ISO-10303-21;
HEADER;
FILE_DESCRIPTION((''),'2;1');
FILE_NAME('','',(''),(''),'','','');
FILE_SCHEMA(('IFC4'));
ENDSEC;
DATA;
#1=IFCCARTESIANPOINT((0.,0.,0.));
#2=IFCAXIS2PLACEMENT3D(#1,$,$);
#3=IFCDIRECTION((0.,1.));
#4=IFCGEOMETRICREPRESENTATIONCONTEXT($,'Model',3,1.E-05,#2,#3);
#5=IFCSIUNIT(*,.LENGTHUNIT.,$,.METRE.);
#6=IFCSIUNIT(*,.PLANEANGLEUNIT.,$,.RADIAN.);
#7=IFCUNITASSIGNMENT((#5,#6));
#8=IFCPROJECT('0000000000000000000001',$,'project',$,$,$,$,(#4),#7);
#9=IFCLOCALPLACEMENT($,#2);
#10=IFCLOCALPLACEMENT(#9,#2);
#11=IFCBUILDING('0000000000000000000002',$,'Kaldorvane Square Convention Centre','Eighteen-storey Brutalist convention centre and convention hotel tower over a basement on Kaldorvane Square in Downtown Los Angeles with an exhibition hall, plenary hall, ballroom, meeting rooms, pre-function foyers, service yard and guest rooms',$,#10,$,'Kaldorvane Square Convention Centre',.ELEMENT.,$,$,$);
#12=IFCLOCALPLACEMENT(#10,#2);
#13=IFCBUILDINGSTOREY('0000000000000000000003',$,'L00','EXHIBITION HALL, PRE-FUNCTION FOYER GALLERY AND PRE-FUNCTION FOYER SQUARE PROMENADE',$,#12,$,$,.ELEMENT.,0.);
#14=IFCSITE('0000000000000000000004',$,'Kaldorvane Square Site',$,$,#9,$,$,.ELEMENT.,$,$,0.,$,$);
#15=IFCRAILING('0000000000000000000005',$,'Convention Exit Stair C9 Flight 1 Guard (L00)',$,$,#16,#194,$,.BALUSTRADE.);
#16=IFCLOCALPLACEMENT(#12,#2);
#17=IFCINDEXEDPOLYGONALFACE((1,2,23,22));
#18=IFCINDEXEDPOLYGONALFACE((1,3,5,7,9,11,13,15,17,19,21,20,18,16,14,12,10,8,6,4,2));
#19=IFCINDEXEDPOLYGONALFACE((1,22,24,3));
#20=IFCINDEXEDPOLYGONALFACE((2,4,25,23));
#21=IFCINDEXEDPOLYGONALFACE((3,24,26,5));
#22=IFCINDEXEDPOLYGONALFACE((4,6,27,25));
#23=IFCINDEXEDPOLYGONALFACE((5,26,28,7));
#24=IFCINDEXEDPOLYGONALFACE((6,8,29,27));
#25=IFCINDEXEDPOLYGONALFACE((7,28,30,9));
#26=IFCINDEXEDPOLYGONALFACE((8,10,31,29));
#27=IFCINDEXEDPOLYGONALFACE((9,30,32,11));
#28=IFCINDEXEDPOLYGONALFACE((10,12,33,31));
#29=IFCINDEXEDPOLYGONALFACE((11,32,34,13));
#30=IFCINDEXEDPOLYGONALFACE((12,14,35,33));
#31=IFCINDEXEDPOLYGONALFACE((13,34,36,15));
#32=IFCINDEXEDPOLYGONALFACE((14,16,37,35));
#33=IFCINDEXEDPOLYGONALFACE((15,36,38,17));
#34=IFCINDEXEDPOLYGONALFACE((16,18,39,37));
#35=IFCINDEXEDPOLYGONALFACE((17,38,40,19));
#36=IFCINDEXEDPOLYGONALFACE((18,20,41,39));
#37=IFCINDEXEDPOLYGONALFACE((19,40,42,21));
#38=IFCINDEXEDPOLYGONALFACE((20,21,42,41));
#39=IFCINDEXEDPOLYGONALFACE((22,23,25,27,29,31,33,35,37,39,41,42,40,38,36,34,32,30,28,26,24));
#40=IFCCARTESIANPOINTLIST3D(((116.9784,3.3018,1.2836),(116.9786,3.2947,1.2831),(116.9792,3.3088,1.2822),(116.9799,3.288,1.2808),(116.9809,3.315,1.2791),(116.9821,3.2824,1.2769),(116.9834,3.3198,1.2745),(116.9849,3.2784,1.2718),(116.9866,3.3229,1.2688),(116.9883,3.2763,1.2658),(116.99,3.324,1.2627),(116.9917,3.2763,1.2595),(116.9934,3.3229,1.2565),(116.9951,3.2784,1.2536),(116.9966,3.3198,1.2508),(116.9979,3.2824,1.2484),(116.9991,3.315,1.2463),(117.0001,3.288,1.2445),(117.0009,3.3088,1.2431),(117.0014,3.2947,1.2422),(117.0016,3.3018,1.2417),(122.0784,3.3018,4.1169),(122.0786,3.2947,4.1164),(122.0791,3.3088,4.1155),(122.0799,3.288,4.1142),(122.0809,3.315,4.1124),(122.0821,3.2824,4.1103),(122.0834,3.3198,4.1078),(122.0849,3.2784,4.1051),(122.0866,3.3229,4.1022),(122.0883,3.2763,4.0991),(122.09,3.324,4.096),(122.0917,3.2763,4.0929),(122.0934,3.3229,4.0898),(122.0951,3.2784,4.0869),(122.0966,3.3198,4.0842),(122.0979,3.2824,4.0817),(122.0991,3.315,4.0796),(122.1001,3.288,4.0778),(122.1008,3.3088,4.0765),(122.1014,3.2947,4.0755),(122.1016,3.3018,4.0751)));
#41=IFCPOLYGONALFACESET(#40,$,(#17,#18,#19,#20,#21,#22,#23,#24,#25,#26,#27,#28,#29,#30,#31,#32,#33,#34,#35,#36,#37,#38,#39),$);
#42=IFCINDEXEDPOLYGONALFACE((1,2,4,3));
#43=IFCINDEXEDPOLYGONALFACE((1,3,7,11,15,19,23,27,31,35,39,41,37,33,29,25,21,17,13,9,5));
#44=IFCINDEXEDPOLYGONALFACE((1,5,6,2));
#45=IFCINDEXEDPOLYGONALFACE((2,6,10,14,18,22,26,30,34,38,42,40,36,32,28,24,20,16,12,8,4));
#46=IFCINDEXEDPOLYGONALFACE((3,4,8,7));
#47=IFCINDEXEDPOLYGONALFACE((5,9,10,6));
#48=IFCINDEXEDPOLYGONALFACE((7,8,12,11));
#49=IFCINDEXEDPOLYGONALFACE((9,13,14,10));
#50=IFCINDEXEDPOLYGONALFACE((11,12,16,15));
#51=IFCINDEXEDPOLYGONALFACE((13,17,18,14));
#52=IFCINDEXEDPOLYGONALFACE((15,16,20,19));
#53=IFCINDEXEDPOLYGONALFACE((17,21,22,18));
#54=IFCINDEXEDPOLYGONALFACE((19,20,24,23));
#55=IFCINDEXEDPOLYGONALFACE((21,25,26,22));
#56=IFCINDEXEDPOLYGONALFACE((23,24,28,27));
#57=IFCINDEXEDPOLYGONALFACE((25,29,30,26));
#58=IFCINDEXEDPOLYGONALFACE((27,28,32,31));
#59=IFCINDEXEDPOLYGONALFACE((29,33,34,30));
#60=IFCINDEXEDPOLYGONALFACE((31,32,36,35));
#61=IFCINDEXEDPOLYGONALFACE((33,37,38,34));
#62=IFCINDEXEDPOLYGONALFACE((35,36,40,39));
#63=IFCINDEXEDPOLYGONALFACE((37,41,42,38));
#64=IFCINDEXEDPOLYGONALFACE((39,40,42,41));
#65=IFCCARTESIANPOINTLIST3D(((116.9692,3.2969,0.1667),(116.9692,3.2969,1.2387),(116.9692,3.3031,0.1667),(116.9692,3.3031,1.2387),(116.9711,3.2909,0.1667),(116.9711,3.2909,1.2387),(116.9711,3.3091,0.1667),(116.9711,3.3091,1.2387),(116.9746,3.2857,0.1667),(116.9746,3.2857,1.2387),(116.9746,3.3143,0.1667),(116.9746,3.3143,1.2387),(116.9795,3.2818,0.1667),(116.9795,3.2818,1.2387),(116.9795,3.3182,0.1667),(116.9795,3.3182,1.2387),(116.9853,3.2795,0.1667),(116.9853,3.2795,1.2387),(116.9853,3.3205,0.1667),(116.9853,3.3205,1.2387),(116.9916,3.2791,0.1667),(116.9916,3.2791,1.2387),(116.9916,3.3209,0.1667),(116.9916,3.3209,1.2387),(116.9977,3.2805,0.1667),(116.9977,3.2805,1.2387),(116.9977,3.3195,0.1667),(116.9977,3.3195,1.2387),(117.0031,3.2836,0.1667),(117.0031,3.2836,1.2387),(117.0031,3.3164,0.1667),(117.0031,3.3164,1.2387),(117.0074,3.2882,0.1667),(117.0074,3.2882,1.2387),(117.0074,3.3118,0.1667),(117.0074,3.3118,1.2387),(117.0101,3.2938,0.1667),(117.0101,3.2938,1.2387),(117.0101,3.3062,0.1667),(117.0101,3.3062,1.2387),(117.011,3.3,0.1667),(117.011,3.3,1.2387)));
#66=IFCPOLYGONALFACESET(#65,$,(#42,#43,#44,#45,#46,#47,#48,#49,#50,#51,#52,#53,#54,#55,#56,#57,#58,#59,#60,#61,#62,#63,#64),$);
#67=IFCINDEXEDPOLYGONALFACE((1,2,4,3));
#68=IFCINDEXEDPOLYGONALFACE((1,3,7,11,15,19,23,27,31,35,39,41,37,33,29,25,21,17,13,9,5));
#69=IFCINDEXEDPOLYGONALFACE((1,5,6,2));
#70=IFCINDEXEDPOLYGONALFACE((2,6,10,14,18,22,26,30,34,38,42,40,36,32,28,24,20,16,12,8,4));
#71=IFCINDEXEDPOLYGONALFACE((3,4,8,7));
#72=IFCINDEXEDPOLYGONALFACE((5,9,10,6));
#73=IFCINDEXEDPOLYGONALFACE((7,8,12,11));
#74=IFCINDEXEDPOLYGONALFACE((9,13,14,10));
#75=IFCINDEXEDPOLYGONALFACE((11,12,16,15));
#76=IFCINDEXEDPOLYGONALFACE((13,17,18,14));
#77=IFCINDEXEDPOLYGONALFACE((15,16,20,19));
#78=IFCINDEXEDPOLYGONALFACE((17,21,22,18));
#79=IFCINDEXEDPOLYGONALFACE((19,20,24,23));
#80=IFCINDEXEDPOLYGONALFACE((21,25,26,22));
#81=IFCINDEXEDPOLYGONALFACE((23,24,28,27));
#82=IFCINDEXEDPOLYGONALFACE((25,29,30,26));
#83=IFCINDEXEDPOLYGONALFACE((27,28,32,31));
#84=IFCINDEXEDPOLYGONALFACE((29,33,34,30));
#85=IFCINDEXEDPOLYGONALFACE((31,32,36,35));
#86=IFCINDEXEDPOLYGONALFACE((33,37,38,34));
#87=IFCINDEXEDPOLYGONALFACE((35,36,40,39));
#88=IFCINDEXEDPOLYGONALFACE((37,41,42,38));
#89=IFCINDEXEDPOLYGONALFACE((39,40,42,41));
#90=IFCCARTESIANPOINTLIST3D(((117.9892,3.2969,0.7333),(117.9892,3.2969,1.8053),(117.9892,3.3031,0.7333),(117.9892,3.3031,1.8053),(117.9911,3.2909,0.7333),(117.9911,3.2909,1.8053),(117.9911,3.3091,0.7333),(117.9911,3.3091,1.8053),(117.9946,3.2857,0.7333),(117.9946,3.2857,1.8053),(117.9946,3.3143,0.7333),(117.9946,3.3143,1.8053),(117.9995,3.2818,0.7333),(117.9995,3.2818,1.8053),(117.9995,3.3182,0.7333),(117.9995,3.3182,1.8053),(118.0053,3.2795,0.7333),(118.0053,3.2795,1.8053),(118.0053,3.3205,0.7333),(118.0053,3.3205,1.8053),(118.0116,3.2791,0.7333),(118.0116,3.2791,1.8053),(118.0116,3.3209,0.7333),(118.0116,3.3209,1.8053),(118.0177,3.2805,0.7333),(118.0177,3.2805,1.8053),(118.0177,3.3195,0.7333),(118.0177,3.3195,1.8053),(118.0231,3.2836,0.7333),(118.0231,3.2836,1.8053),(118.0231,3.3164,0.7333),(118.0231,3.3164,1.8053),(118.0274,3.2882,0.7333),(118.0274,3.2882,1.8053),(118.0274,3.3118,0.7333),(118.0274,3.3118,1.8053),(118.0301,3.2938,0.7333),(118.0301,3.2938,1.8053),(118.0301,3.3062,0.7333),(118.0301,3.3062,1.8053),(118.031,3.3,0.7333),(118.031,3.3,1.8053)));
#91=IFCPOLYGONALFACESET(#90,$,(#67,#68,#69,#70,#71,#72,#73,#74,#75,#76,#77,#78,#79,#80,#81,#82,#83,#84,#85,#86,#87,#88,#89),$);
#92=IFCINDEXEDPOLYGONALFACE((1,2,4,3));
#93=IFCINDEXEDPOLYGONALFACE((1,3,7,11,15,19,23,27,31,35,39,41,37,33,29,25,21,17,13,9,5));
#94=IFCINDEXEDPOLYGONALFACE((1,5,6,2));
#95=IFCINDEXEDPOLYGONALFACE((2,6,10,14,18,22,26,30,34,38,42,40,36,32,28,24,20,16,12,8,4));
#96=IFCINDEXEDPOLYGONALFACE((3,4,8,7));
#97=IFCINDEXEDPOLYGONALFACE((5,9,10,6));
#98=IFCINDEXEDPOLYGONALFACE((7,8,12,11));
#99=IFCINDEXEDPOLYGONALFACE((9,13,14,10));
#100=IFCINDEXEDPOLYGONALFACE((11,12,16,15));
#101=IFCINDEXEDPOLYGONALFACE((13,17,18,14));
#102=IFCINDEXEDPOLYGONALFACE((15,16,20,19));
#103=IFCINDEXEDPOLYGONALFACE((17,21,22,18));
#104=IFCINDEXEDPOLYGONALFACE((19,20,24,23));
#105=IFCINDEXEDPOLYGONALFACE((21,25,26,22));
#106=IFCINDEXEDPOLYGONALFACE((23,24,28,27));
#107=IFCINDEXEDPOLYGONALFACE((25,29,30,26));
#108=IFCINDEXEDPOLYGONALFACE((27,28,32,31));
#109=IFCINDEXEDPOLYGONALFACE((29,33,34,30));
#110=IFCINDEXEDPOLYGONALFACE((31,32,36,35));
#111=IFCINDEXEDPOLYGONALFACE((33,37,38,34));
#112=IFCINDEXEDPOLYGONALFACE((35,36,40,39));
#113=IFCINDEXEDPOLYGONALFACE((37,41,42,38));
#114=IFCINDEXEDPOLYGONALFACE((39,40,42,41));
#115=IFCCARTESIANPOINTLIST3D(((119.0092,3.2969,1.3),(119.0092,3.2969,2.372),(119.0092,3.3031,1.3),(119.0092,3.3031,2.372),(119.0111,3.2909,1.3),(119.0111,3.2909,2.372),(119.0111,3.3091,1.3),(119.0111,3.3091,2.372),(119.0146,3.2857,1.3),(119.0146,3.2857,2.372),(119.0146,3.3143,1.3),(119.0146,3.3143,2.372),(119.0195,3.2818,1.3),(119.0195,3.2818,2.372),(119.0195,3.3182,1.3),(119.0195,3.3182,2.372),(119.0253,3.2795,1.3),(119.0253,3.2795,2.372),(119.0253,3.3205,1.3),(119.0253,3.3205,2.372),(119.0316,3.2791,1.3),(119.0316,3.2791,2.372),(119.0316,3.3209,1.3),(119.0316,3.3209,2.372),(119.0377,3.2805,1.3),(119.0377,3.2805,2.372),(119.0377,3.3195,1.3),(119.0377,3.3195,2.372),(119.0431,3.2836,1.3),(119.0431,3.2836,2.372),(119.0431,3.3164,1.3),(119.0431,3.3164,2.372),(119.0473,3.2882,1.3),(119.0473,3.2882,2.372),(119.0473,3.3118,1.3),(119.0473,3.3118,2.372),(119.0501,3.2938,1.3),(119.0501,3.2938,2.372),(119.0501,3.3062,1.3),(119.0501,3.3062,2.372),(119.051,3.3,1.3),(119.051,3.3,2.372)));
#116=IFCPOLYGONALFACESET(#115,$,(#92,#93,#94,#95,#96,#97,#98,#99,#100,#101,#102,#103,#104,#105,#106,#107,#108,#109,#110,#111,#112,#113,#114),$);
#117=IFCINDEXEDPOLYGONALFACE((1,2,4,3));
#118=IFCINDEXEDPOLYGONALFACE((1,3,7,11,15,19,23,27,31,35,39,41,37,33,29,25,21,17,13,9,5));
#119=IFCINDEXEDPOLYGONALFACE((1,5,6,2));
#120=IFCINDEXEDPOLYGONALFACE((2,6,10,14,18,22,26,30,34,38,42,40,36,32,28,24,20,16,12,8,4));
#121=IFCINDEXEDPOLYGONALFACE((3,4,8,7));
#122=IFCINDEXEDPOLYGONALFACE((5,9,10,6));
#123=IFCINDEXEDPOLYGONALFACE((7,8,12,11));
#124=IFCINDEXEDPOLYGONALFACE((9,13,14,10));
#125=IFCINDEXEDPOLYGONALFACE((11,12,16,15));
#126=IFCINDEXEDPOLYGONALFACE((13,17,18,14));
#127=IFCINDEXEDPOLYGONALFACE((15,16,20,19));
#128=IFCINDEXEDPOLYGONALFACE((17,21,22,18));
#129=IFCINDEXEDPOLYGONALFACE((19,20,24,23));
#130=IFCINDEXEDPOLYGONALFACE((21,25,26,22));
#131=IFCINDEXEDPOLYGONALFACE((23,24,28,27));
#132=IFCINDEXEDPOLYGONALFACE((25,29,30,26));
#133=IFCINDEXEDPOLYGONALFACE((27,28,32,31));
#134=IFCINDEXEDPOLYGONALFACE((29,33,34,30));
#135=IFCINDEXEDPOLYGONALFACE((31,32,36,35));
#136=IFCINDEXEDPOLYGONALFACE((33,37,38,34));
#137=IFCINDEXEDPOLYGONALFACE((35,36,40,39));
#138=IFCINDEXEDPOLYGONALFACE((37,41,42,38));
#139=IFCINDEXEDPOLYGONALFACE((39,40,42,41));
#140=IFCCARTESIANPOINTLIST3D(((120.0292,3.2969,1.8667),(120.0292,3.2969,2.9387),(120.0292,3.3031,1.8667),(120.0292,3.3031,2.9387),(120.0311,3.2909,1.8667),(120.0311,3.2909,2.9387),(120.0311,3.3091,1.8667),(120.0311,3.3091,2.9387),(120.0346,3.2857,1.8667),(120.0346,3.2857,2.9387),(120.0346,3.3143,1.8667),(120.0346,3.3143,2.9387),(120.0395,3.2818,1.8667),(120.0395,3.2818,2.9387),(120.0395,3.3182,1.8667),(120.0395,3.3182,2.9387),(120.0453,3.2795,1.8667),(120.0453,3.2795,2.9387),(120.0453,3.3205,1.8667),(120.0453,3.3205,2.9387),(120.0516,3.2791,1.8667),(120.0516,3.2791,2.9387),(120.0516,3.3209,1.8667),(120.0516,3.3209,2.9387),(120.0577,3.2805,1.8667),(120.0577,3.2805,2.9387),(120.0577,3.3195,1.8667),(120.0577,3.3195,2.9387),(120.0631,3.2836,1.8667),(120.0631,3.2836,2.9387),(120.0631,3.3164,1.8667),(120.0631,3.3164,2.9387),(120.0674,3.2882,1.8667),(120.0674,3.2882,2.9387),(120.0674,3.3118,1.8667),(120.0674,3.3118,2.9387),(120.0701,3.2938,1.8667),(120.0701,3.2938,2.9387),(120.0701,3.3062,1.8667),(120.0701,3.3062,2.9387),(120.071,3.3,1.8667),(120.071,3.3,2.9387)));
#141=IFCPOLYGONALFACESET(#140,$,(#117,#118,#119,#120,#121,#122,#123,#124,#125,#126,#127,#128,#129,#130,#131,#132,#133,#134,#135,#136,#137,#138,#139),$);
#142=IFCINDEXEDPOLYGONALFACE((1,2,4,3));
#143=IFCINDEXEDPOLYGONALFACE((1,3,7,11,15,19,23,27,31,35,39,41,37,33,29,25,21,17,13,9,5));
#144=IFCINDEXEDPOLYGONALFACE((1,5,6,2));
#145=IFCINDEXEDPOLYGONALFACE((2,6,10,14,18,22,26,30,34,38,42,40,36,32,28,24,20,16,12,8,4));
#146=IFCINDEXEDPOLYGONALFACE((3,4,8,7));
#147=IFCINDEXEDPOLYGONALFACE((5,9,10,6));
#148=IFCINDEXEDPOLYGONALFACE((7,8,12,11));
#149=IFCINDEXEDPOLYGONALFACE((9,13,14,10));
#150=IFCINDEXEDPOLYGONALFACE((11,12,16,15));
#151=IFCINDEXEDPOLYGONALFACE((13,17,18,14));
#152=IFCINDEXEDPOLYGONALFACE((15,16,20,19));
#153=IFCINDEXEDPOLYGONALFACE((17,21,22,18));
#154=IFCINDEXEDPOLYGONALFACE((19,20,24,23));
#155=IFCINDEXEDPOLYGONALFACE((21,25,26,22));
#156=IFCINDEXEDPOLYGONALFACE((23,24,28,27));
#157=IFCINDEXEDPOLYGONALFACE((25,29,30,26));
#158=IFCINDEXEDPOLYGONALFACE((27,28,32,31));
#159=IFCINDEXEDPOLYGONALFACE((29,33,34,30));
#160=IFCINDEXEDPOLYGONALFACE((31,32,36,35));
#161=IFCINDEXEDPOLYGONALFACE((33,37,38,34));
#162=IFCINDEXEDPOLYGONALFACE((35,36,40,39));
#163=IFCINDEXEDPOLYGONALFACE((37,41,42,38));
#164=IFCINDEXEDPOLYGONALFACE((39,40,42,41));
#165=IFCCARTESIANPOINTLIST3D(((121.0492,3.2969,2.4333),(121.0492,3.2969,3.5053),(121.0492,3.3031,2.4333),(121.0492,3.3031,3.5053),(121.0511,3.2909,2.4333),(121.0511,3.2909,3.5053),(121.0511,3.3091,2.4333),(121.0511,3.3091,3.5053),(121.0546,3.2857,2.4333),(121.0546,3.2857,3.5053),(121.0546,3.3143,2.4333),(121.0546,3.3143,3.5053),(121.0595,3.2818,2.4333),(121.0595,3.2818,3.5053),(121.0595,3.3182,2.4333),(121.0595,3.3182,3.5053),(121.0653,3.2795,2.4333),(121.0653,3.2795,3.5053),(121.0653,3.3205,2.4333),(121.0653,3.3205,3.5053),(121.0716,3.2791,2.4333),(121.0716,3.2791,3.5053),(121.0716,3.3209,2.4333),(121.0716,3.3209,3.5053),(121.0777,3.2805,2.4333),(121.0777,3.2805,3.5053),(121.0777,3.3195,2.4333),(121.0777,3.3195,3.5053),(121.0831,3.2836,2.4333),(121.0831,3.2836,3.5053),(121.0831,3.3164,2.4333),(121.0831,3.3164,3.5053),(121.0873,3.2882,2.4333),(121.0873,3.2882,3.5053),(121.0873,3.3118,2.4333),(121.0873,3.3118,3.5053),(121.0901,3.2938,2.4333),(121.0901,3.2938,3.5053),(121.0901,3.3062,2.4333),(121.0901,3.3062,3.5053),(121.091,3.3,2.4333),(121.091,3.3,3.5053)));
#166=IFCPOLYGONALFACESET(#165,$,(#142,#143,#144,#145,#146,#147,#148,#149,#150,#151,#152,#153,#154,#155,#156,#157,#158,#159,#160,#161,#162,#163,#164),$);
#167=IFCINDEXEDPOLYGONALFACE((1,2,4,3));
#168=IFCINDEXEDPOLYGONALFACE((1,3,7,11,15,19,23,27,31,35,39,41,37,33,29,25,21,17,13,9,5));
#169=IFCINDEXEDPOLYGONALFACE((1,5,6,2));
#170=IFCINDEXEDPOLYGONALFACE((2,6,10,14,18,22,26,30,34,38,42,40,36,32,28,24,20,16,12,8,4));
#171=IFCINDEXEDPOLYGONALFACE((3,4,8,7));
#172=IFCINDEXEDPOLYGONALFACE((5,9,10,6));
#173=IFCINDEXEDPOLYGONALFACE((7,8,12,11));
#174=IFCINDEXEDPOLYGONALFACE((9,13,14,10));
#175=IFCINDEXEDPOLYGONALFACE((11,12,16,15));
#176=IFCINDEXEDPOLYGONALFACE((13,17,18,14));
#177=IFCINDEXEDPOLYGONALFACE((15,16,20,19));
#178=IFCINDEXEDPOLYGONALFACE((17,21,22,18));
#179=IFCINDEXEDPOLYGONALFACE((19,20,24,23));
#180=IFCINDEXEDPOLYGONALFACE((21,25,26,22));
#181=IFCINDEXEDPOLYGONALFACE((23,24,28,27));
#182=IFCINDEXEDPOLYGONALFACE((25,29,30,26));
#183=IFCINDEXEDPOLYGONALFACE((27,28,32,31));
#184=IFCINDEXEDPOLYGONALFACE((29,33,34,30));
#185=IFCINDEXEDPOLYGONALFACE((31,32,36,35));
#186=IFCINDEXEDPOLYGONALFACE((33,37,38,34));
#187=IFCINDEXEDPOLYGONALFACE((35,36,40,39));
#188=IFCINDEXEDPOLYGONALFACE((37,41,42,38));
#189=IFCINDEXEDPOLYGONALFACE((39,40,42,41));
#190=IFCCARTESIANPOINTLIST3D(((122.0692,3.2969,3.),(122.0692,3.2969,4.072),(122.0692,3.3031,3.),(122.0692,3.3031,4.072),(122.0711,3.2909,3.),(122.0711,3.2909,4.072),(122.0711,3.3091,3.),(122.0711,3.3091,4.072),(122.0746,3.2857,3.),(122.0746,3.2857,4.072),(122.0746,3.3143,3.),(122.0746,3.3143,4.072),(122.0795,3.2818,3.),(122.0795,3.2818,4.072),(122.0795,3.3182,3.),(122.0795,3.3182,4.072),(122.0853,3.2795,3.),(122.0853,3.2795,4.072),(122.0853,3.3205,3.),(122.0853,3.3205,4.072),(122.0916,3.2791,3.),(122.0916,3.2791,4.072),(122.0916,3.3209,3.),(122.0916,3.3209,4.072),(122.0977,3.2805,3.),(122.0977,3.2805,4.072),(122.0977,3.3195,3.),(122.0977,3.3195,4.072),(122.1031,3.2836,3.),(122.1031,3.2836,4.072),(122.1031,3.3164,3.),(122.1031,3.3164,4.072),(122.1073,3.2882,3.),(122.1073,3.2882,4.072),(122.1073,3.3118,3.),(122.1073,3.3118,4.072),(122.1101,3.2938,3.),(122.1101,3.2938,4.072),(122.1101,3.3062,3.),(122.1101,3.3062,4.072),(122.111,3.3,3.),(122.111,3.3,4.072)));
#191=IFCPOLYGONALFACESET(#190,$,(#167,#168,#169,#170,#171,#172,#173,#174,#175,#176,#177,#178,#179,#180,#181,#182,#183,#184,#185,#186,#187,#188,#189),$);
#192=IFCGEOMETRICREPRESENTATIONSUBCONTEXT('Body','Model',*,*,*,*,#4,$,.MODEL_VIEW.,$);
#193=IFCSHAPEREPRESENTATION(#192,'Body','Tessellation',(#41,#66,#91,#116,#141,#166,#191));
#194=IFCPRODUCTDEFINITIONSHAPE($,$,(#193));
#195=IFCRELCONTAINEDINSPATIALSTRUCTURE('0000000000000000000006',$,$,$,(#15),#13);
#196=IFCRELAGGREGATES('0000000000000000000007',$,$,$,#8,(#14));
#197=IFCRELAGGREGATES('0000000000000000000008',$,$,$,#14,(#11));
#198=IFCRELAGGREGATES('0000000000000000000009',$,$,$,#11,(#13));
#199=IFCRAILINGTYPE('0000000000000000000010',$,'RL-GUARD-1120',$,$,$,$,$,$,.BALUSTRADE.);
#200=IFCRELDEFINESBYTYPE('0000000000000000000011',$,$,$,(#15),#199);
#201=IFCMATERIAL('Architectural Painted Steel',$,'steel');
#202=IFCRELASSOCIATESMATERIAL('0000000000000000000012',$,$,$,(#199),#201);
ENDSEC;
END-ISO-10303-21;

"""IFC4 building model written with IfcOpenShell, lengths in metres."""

from ifc_helpers import new_model, si_unit, direction, frame, origin, origin_2d, place, context, subcontext, project, spatial, circle, extrude, material, type_object, element, save


model = new_model("IFC4")

# Units and contexts
model_context = context("Model", 3, precision=1e-05, world=origin(), true_north=direction((0.0, 1.0)))
body_context = subcontext(model_context, "Body", "Model", "MODEL_VIEW")
ifc_project = project(units=[si_unit("LENGTHUNIT", "METRE"), si_unit("PLANEANGLEUNIT", "RADIAN")], contexts=[model_context])

# Site, building, storey
site_placement = place(None, origin())
site = spatial("IfcSite", under=ifc_project, at=site_placement, Name="Kaldorvane Square Site", CompositionType="ELEMENT", RefElevation=0.0)
building_placement = place(site_placement, origin())
building = spatial("IfcBuilding", under=site, at=building_placement, Name="Kaldorvane Square Convention Centre", Description="Eighteen-storey Brutalist convention centre and convention hotel tower over a basement on Kaldorvane Square in Downtown Los Angeles with an exhibition hall, plenary hall, ballroom, meeting rooms, pre-function foyers, service yard and guest rooms", LongName="Kaldorvane Square Convention Centre", CompositionType="ELEMENT")
storey_placement = place(building_placement, origin())
storey = spatial("IfcBuildingStorey", under=building, at=storey_placement, Name="L00", Description="EXHIBITION HALL, PRE-FUNCTION FOYER GALLERY AND PRE-FUNCTION FOYER SQUARE PROMENADE", CompositionType="ELEMENT", Elevation=0.0)

# Railing
ifc_material_1 = material(Name="Architectural Painted Steel", Category="steel")
railing_type_1 = type_object("IfcRailingType", Name="RL-GUARD-1120", PredefinedType="BALUSTRADE", material=ifc_material_1)
railing_1_placement = place(storey_placement, frame((116.99, 3.3, 0.1667)))
element("IfcRailing", 1, at=railing_1_placement, inside=storey, type_object=railing_type_1, Name="Convention Exit Stair C9 Flight 1 Guard (L00)", PredefinedType="BALUSTRADE", context=body_context, shape_type="SweptSolid", body=[
    extrude(circle(Radius=0.024, at=origin_2d()), frame((0.0, 0.0, 1.096), z_axis=(0.874157, 0.0, 0.485643), x_axis=(0.0, 1.0, 0.0)), (0.0, 0.0, 1.0), 5.8342),
    extrude(circle(Radius=0.021, at=origin_2d()), origin(), (0.0, 0.0, 1.0), 1.072),
    extrude(circle(Radius=0.021, at=origin_2d()), frame((1.02, 0.0, 0.5667)), (0.0, 0.0, 1.0), 1.072),
    extrude(circle(Radius=0.021, at=origin_2d()), frame((2.04, 0.0, 1.1333)), (0.0, 0.0, 1.0), 1.072),
    extrude(circle(Radius=0.021, at=origin_2d()), frame((3.06, 0.0, 1.7)), (0.0, 0.0, 1.0), 1.072),
    extrude(circle(Radius=0.021, at=origin_2d()), frame((4.08, 0.0, 2.2667)), (0.0, 0.0, 1.0), 1.072),
    extrude(circle(Radius=0.021, at=origin_2d()), frame((5.1, 0.0, 2.8333)), (0.0, 0.0, 1.0), 1.072),
])

save(model, "model.ifc")
